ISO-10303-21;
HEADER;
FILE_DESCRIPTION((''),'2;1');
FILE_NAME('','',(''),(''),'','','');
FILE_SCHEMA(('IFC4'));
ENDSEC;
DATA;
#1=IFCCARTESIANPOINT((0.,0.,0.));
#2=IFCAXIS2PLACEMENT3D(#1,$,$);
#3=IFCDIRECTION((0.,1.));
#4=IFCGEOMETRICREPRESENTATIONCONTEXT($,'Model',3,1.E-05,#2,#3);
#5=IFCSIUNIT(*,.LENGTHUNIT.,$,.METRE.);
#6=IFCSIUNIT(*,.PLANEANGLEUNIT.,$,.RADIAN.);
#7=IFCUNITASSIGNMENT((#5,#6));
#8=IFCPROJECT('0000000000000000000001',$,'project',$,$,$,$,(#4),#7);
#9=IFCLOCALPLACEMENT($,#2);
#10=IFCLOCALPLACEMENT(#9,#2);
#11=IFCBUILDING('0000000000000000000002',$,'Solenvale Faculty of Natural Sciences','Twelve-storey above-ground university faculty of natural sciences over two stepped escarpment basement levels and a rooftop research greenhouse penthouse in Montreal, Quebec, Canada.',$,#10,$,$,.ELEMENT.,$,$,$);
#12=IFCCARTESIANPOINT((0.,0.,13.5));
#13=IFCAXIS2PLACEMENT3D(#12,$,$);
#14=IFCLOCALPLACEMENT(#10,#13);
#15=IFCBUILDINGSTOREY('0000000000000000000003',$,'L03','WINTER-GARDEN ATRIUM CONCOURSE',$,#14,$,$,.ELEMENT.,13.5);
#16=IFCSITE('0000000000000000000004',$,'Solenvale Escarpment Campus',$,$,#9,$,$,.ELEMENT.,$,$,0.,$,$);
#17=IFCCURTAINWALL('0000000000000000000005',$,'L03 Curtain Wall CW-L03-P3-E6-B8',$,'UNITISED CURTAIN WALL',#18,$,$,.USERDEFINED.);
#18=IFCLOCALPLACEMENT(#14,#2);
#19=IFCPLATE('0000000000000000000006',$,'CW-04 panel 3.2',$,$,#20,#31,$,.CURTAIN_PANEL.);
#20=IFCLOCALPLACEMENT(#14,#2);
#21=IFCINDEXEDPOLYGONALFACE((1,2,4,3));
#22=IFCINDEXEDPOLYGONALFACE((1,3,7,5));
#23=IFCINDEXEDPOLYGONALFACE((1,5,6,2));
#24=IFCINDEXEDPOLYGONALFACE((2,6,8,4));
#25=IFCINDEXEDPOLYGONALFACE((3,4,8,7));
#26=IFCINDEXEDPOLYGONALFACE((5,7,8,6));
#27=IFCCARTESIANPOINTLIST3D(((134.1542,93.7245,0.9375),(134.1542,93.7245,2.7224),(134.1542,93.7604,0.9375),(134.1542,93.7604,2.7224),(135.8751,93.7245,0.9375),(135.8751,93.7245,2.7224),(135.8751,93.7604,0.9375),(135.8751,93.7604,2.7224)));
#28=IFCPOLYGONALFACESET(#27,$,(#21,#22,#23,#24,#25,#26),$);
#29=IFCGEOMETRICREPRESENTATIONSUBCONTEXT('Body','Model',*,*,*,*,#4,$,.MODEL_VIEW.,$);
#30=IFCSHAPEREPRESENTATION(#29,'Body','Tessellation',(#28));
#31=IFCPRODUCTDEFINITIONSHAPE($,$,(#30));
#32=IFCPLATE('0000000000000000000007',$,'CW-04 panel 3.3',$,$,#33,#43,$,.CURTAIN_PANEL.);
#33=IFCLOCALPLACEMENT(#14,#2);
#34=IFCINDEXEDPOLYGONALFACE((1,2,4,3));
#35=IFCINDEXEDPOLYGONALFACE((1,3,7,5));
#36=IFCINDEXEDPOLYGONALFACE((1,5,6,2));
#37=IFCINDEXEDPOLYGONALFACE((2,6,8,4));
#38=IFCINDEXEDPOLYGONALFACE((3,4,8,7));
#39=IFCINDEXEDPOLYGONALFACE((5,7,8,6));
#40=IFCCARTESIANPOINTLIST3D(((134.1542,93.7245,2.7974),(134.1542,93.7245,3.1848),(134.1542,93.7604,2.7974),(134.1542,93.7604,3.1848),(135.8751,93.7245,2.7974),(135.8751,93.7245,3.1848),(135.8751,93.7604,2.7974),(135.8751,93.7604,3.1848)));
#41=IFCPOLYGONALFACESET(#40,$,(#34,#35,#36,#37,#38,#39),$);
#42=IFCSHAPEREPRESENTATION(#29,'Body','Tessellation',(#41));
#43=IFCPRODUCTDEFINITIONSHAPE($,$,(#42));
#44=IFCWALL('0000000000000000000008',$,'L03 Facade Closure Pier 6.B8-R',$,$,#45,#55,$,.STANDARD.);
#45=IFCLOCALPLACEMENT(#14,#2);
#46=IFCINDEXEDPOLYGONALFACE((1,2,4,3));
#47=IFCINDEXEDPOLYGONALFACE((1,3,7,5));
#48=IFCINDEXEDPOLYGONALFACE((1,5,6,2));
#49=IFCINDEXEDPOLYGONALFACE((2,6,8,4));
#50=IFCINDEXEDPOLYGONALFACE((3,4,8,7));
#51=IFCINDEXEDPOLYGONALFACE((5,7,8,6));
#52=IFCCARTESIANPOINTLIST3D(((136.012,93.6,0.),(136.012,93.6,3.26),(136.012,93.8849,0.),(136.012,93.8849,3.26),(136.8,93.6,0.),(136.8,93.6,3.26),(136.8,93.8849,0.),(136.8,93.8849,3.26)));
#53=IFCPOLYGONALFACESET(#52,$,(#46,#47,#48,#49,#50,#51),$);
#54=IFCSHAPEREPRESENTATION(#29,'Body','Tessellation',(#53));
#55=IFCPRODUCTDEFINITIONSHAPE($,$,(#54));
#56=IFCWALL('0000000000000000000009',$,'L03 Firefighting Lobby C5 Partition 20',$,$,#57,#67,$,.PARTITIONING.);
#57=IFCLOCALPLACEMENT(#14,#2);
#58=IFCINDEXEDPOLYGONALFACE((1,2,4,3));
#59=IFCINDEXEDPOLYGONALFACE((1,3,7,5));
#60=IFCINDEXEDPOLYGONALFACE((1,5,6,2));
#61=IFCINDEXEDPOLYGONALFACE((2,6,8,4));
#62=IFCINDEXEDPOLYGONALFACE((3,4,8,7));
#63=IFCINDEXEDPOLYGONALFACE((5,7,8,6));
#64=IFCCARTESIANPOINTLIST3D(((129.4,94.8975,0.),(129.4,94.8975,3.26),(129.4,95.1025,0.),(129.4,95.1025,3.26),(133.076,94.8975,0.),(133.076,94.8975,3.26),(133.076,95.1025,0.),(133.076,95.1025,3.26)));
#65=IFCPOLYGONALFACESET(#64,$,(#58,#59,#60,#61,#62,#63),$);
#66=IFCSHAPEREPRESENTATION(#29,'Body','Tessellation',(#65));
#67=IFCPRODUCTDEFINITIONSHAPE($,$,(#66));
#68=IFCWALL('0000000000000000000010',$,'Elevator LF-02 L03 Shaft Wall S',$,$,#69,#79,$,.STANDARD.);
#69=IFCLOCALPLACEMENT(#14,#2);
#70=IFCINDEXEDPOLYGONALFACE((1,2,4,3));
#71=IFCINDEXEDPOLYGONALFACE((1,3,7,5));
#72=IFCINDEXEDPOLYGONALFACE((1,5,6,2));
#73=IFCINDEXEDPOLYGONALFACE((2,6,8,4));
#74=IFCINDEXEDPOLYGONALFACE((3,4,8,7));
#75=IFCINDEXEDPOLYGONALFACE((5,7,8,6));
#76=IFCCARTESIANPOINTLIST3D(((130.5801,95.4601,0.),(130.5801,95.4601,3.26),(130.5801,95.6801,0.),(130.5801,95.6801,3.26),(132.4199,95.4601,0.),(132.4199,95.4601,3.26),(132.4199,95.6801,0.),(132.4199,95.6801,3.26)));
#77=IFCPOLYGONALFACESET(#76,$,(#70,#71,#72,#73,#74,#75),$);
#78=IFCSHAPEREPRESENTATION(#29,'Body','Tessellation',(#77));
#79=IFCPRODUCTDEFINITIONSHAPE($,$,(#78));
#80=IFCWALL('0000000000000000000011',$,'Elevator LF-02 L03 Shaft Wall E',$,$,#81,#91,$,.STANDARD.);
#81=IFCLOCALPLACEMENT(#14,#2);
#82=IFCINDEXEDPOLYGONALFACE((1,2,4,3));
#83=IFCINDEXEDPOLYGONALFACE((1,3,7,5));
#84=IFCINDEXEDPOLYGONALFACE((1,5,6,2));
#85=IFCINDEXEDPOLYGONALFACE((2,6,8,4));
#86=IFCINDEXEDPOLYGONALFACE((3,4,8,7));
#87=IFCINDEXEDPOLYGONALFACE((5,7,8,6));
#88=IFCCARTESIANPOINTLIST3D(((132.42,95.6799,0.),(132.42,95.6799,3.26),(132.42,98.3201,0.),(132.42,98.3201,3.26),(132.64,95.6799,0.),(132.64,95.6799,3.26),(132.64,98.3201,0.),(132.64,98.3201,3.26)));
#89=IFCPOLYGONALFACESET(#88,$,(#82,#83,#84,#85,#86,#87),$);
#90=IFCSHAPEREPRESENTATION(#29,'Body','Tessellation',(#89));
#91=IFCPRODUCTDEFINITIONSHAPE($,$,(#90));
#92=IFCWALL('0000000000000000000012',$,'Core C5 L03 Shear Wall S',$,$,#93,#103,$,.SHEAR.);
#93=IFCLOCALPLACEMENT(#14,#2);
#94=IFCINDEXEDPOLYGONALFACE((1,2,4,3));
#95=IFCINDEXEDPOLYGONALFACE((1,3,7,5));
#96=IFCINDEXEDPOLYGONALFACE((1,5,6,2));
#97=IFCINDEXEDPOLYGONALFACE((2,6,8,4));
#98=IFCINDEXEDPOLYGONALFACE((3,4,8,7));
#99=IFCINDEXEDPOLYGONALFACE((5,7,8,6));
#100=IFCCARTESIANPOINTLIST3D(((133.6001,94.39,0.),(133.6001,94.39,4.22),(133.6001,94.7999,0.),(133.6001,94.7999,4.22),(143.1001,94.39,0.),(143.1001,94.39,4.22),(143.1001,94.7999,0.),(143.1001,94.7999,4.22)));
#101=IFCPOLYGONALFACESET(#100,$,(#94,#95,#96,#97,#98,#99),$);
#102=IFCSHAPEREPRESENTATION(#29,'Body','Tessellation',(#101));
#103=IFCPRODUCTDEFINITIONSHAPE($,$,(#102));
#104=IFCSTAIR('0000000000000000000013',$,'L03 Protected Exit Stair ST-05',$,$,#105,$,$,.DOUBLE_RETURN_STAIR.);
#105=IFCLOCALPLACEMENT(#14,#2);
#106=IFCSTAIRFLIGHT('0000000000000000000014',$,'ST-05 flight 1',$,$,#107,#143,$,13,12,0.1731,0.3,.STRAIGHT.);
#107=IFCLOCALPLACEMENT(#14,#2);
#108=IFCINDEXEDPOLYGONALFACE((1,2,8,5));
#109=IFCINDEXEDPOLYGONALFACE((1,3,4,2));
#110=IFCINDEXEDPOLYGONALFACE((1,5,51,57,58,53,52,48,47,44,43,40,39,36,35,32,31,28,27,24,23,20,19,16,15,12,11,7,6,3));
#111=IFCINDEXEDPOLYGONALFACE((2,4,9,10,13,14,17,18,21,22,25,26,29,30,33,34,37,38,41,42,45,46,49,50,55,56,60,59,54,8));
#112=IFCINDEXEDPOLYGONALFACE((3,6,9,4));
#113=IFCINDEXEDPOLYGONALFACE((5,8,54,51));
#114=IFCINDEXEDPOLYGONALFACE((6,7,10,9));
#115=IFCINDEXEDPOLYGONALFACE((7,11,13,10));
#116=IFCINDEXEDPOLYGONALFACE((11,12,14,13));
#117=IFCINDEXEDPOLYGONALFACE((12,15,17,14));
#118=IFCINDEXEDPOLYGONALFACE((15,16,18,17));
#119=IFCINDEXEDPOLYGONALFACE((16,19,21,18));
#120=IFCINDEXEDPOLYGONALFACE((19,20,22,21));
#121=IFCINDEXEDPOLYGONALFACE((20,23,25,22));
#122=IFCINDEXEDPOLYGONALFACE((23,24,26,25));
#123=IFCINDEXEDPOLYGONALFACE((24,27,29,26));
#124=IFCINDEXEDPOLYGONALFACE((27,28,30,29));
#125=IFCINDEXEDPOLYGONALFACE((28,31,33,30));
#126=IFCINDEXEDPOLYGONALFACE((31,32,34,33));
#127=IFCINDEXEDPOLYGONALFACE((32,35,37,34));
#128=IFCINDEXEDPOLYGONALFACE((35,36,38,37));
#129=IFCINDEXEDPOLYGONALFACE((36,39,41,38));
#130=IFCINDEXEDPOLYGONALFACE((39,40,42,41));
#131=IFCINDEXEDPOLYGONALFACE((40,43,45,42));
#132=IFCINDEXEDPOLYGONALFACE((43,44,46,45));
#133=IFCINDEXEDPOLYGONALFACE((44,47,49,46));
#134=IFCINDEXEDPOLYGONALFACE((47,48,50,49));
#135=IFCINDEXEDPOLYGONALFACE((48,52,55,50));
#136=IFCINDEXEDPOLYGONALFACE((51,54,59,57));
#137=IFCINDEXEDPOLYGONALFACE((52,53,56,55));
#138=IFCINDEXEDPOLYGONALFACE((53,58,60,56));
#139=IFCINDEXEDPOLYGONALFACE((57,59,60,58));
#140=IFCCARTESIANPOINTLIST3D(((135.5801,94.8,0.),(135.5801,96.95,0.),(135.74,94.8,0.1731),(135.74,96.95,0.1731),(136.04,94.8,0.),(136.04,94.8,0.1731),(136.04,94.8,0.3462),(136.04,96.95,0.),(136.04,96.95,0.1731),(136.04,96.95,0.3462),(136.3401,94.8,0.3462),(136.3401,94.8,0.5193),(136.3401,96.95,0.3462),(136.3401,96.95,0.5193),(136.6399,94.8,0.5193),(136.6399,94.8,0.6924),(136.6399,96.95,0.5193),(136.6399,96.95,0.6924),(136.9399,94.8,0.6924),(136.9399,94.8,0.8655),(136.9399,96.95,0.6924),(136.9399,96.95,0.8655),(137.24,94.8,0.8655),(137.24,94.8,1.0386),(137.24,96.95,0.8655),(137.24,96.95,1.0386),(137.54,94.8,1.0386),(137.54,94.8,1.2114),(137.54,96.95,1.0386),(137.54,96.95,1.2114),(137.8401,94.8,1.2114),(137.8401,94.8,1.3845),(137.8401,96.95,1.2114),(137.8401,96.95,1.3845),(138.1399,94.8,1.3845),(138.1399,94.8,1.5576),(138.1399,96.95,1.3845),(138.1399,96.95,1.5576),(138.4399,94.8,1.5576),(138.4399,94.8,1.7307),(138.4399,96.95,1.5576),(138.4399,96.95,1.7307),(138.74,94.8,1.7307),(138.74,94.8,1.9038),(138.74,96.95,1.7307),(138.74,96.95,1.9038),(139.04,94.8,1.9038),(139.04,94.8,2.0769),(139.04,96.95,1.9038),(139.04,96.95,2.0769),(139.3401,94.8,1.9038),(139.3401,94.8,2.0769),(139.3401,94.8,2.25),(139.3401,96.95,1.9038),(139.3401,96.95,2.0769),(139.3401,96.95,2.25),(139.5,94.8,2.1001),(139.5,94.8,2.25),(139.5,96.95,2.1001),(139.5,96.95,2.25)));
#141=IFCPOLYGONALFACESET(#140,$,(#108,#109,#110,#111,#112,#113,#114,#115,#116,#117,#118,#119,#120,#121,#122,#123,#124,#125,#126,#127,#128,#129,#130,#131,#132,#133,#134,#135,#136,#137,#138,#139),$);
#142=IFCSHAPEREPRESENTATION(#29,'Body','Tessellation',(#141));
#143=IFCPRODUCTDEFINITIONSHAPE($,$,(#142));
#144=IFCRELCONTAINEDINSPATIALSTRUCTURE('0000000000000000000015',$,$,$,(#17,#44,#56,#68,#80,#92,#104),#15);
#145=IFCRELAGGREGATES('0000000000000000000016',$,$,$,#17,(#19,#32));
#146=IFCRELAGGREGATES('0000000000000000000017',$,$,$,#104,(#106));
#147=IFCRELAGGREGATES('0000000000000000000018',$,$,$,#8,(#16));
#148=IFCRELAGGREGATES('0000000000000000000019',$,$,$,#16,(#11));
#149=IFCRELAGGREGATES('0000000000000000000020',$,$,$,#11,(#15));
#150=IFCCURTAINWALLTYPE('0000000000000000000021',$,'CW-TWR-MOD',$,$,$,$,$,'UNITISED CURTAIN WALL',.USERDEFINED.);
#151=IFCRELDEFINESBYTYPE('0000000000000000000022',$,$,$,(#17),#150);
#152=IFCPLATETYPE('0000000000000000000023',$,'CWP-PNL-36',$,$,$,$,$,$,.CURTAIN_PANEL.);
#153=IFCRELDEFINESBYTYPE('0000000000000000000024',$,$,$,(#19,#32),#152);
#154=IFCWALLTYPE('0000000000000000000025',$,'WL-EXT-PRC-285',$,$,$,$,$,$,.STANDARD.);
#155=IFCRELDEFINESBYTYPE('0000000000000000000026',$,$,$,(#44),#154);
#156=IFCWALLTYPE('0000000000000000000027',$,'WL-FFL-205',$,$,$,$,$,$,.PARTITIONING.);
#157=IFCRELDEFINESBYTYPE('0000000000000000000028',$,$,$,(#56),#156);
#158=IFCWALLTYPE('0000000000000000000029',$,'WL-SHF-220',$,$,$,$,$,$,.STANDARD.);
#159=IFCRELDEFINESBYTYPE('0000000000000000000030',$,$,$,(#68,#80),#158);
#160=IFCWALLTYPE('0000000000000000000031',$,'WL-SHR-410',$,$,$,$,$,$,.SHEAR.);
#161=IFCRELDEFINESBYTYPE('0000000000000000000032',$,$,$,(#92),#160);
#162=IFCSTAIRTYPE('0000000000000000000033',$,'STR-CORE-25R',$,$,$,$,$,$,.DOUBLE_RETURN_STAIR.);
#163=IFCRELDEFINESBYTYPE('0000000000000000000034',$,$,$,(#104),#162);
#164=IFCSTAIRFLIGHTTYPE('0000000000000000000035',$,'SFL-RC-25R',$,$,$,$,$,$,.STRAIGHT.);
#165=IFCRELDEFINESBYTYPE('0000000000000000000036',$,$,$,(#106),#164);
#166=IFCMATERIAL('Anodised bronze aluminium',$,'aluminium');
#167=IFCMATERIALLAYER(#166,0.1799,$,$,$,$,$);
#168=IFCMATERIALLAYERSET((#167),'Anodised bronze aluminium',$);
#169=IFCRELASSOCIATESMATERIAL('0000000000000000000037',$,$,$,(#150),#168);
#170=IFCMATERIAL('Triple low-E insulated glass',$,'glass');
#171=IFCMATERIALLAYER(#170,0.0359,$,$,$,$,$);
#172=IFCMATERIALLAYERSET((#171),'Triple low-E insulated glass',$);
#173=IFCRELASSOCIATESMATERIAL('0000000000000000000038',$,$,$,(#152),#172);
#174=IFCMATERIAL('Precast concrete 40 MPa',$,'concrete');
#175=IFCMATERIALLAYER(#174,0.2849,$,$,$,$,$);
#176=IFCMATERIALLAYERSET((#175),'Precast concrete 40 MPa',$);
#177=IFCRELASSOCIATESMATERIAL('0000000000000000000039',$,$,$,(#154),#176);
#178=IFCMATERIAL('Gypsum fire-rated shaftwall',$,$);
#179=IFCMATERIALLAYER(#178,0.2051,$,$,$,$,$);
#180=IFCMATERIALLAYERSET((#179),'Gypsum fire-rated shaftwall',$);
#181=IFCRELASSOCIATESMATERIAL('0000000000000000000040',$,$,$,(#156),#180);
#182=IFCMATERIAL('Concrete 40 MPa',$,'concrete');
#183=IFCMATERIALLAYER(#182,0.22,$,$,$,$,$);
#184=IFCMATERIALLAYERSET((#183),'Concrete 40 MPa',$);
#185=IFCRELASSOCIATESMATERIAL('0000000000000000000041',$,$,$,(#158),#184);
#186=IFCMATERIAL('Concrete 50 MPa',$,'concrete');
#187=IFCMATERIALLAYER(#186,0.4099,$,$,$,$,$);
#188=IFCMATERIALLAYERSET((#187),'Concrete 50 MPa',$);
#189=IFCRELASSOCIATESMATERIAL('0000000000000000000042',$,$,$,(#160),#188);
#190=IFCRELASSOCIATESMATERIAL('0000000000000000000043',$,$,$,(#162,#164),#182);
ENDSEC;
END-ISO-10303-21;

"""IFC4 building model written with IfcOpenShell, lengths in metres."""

from ifc_helpers import new_model, si_unit, direction, frame, frame_2d, origin, origin_2d, place, context, subcontext, project, spatial, polyline, rectangle, outline, extrude, material, layer, layer_set, type_object, element, aggregate, save


model = new_model("IFC4")

# Units and contexts
model_context = context("Model", 3, precision=1e-05, world=origin(), true_north=direction((0.0, 1.0)))
body_context = subcontext(model_context, "Body", "Model", "MODEL_VIEW")
ifc_project = project(units=[si_unit("LENGTHUNIT", "METRE"), si_unit("PLANEANGLEUNIT", "RADIAN")], contexts=[model_context])

# Site, building, storey
site_placement = place(None, origin())
site = spatial("IfcSite", under=ifc_project, at=site_placement, Name="Solenvale Escarpment Campus", CompositionType="ELEMENT", RefElevation=0.0)
building_placement = place(site_placement, origin())
building = spatial("IfcBuilding", under=site, at=building_placement, Name="Solenvale Faculty of Natural Sciences", Description="Twelve-storey above-ground university faculty of natural sciences over two stepped escarpment basement levels and a rooftop research greenhouse penthouse in Montreal, Quebec, Canada.", CompositionType="ELEMENT")
storey_placement = place(building_placement, frame((0.0, 0.0, 13.5)))
storey = spatial("IfcBuildingStorey", under=building, at=storey_placement, Name="L03", Description="WINTER-GARDEN ATRIUM CONCOURSE", CompositionType="ELEMENT", Elevation=13.5)

# Curtain wall, plates
ifc_material_1 = material(Name="Anodised bronze aluminium", Category="aluminium")
ifc_layer_1 = layer(ifc_material_1, 0.1799)
ifc_layer_set_1 = layer_set([ifc_layer_1], Name="Anodised bronze aluminium")
curtain_wall_type = type_object("IfcCurtainWallType", Name="CW-TWR-MOD", ElementType="UNITISED CURTAIN WALL", PredefinedType="USERDEFINED", material=ifc_layer_set_1)
curtain_wall_placement = place(storey_placement, origin())
curtain_wall = element("IfcCurtainWall", 1, at=curtain_wall_placement, inside=storey, type_object=curtain_wall_type, Name="L03 Curtain Wall CW-L03-P3-E6-B8", ObjectType="UNITISED CURTAIN WALL", PredefinedType="USERDEFINED")
ifc_material_2 = material(Name="Triple low-E insulated glass", Category="glass")
ifc_layer_2 = layer(ifc_material_2, 0.0359)
ifc_layer_set_2 = layer_set([ifc_layer_2], Name="Triple low-E insulated glass")
plate_type = type_object("IfcPlateType", Name="CWP-PNL-36", PredefinedType="CURTAIN_PANEL", material=ifc_layer_set_2)
plate_1_placement = place(storey_placement, frame((135.0146, 93.7424, 0.9375), z_axis=(0.0, 0.0, 1.0), x_axis=(1.0, 0.0, 0.0)))
plate_1 = element("IfcPlate", 2, at=plate_1_placement, type_object=plate_type, Name="CW-04 panel 3.2", PredefinedType="CURTAIN_PANEL", context=body_context, shape_type="SweptSolid", body=[
    extrude(rectangle(XDim=1.7209, YDim=0.0359, at=origin_2d()), origin(), (0.0, 0.0, 1.0), 1.7849),
])
plate_2_placement = place(storey_placement, frame((135.0146, 93.7424, 2.7974), z_axis=(0.0, 0.0, 1.0), x_axis=(1.0, 0.0, 0.0)))
plate_2 = element("IfcPlate", 3, at=plate_2_placement, type_object=plate_type, Name="CW-04 panel 3.3", PredefinedType="CURTAIN_PANEL", context=body_context, shape_type="SweptSolid", body=[
    extrude(rectangle(XDim=1.7209, YDim=0.0359, at=origin_2d()), origin(), (0.0, 0.0, 1.0), 0.3875),
])
aggregate(curtain_wall, [plate_1, plate_2])

# Walls
ifc_material_3 = material(Name="Precast concrete 40 MPa", Category="concrete")
ifc_layer_3 = layer(ifc_material_3, 0.2849)
ifc_layer_set_3 = layer_set([ifc_layer_3], Name="Precast concrete 40 MPa")
wall_type_1 = type_object("IfcWallType", Name="WL-EXT-PRC-285", PredefinedType="STANDARD", material=ifc_layer_set_3)
wall_1_placement = place(storey_placement, frame((136.012, 93.7424, 0.0), z_axis=(0.0, 0.0, 1.0), x_axis=(1.0, 0.0, 0.0)))
element("IfcWall", 4, at=wall_1_placement, inside=storey, type_object=wall_type_1, Name="L03 Facade Closure Pier 6.B8-R", PredefinedType="STANDARD", context=body_context, shape_type="SweptSolid", body=[
    extrude(rectangle(XDim=0.7881, YDim=0.2849, at=frame_2d((0.394, 0.0))), origin(), (0.0, 0.0, 1.0), 3.26),
])
ifc_material_4 = material(Name="Gypsum fire-rated shaftwall")
ifc_layer_4 = layer(ifc_material_4, 0.2051)
ifc_layer_set_4 = layer_set([ifc_layer_4], Name="Gypsum fire-rated shaftwall")
wall_type_2 = type_object("IfcWallType", Name="WL-FFL-205", PredefinedType="PARTITIONING", material=ifc_layer_set_4)
wall_2_placement = place(storey_placement, frame((133.0759, 95.0, 0.0), z_axis=(0.0, 0.0, 1.0), x_axis=(-1.0, 0.0, 0.0)))
element("IfcWall", 5, at=wall_2_placement, inside=storey, type_object=wall_type_2, Name="L03 Firefighting Lobby C5 Partition 20", PredefinedType="PARTITIONING", context=body_context, shape_type="SweptSolid", body=[
    extrude(rectangle(XDim=3.676, YDim=0.2051, at=frame_2d((1.8379, 0.0))), origin(), (0.0, 0.0, 1.0), 3.26),
])
ifc_material_5 = material(Name="Concrete 40 MPa", Category="concrete")
ifc_layer_5 = layer(ifc_material_5, 0.22)
ifc_layer_set_5 = layer_set([ifc_layer_5], Name="Concrete 40 MPa")
wall_type_3 = type_object("IfcWallType", Name="WL-SHF-220", PredefinedType="STANDARD", material=ifc_layer_set_5)
wall_3_placement = place(storey_placement, frame((130.5801, 95.5701, 0.0), z_axis=(0.0, 0.0, 1.0), x_axis=(1.0, 0.0, 0.0)))
element("IfcWall", 6, at=wall_3_placement, inside=storey, type_object=wall_type_3, Name="Elevator LF-02 L03 Shaft Wall S", PredefinedType="STANDARD", context=body_context, shape_type="SweptSolid", body=[
    extrude(rectangle(XDim=1.8398, YDim=0.22, at=frame_2d((0.9199, 0.0))), origin(), (0.0, 0.0, 1.0), 3.26),
])
wall_4_placement = place(storey_placement, frame((132.53, 95.6799, 0.0), z_axis=(0.0, 0.0, 1.0), x_axis=(0.0, 1.0, 0.0)))
element("IfcWall", 7, at=wall_4_placement, inside=storey, type_object=wall_type_3, Name="Elevator LF-02 L03 Shaft Wall E", PredefinedType="STANDARD", context=body_context, shape_type="SweptSolid", body=[
    extrude(rectangle(XDim=2.6401, YDim=0.22, at=frame_2d((1.3201, 0.0))), origin(), (0.0, 0.0, 1.0), 3.26),
])
ifc_material_6 = material(Name="Concrete 50 MPa", Category="concrete")
ifc_layer_6 = layer(ifc_material_6, 0.4099)
ifc_layer_set_6 = layer_set([ifc_layer_6], Name="Concrete 50 MPa")
wall_type_4 = type_object("IfcWallType", Name="WL-SHR-410", PredefinedType="SHEAR", material=ifc_layer_set_6)
wall_5_placement = place(storey_placement, frame((133.6001, 94.595, 0.0), z_axis=(0.0, 0.0, 1.0), x_axis=(1.0, 0.0, 0.0)))
element("IfcWall", 8, at=wall_5_placement, inside=storey, type_object=wall_type_4, Name="Core C5 L03 Shear Wall S", PredefinedType="SHEAR", context=body_context, shape_type="SweptSolid", body=[
    extrude(rectangle(XDim=9.5, YDim=0.4099, at=frame_2d((4.75, 0.0))), origin(), (0.0, 0.0, 1.0), 4.22),
])

# Stair, stair flight
stair_type = type_object("IfcStairType", Name="STR-CORE-25R", PredefinedType="DOUBLE_RETURN_STAIR", material=ifc_material_5)
stair_placement = place(storey_placement, origin())
stair = element("IfcStair", 9, at=stair_placement, inside=storey, type_object=stair_type, Name="L03 Protected Exit Stair ST-05", PredefinedType="DOUBLE_RETURN_STAIR")
stair_flight_type = type_object("IfcStairFlightType", Name="SFL-RC-25R", PredefinedType="STRAIGHT", material=ifc_material_5)
stair_flight_placement = place(storey_placement, frame((135.74, 95.875, 0.0), z_axis=(0.0, 0.0, 1.0), x_axis=(1.0, 0.0, 0.0)))
stair_flight = element("IfcStairFlight", 10, at=stair_flight_placement, type_object=stair_flight_type, Name="ST-05 flight 1", NumberOfRisers=13, NumberOfTreads=12, PredefinedType="STRAIGHT", RiserHeight=0.1731, TreadLength=0.3, context=body_context, shape_type="SweptSolid", body=[
    extrude(outline(polyline([(-0.1599, 0.0), (0.0, 0.1731), (0.3, 0.1731), (0.3, 0.3462), (0.6001, 0.3462), (0.6001, 0.5193), (0.8999, 0.5193), (0.8999, 0.6924), (1.2, 0.6924), (1.2, 0.8655), (1.5, 0.8655), (1.5, 1.0386), (1.8, 1.0386), (1.8, 1.2114), (2.1001, 1.2114), (2.1001, 1.3845), (2.3999, 1.3845), (2.3999, 1.5576), (2.7, 1.5576), (2.7, 1.7307), (3.0, 1.7307), (3.0, 1.9038), (3.3, 1.9038), (3.3, 2.0769), (3.6001, 2.0769), (3.6001, 2.25), (3.76, 2.25), (3.76, 2.1001), (3.6001, 1.9038), (0.3, 0.0), (-0.1599, 0.0)])), frame((0.0, 1.075, 0.0), z_axis=(0.0, -1.0, 0.0), x_axis=(1.0, 0.0, 0.0)), (0.0, 0.0, 1.0), 2.1499),
])
aggregate(stair, [stair_flight])

save(model, "model.ifc")
